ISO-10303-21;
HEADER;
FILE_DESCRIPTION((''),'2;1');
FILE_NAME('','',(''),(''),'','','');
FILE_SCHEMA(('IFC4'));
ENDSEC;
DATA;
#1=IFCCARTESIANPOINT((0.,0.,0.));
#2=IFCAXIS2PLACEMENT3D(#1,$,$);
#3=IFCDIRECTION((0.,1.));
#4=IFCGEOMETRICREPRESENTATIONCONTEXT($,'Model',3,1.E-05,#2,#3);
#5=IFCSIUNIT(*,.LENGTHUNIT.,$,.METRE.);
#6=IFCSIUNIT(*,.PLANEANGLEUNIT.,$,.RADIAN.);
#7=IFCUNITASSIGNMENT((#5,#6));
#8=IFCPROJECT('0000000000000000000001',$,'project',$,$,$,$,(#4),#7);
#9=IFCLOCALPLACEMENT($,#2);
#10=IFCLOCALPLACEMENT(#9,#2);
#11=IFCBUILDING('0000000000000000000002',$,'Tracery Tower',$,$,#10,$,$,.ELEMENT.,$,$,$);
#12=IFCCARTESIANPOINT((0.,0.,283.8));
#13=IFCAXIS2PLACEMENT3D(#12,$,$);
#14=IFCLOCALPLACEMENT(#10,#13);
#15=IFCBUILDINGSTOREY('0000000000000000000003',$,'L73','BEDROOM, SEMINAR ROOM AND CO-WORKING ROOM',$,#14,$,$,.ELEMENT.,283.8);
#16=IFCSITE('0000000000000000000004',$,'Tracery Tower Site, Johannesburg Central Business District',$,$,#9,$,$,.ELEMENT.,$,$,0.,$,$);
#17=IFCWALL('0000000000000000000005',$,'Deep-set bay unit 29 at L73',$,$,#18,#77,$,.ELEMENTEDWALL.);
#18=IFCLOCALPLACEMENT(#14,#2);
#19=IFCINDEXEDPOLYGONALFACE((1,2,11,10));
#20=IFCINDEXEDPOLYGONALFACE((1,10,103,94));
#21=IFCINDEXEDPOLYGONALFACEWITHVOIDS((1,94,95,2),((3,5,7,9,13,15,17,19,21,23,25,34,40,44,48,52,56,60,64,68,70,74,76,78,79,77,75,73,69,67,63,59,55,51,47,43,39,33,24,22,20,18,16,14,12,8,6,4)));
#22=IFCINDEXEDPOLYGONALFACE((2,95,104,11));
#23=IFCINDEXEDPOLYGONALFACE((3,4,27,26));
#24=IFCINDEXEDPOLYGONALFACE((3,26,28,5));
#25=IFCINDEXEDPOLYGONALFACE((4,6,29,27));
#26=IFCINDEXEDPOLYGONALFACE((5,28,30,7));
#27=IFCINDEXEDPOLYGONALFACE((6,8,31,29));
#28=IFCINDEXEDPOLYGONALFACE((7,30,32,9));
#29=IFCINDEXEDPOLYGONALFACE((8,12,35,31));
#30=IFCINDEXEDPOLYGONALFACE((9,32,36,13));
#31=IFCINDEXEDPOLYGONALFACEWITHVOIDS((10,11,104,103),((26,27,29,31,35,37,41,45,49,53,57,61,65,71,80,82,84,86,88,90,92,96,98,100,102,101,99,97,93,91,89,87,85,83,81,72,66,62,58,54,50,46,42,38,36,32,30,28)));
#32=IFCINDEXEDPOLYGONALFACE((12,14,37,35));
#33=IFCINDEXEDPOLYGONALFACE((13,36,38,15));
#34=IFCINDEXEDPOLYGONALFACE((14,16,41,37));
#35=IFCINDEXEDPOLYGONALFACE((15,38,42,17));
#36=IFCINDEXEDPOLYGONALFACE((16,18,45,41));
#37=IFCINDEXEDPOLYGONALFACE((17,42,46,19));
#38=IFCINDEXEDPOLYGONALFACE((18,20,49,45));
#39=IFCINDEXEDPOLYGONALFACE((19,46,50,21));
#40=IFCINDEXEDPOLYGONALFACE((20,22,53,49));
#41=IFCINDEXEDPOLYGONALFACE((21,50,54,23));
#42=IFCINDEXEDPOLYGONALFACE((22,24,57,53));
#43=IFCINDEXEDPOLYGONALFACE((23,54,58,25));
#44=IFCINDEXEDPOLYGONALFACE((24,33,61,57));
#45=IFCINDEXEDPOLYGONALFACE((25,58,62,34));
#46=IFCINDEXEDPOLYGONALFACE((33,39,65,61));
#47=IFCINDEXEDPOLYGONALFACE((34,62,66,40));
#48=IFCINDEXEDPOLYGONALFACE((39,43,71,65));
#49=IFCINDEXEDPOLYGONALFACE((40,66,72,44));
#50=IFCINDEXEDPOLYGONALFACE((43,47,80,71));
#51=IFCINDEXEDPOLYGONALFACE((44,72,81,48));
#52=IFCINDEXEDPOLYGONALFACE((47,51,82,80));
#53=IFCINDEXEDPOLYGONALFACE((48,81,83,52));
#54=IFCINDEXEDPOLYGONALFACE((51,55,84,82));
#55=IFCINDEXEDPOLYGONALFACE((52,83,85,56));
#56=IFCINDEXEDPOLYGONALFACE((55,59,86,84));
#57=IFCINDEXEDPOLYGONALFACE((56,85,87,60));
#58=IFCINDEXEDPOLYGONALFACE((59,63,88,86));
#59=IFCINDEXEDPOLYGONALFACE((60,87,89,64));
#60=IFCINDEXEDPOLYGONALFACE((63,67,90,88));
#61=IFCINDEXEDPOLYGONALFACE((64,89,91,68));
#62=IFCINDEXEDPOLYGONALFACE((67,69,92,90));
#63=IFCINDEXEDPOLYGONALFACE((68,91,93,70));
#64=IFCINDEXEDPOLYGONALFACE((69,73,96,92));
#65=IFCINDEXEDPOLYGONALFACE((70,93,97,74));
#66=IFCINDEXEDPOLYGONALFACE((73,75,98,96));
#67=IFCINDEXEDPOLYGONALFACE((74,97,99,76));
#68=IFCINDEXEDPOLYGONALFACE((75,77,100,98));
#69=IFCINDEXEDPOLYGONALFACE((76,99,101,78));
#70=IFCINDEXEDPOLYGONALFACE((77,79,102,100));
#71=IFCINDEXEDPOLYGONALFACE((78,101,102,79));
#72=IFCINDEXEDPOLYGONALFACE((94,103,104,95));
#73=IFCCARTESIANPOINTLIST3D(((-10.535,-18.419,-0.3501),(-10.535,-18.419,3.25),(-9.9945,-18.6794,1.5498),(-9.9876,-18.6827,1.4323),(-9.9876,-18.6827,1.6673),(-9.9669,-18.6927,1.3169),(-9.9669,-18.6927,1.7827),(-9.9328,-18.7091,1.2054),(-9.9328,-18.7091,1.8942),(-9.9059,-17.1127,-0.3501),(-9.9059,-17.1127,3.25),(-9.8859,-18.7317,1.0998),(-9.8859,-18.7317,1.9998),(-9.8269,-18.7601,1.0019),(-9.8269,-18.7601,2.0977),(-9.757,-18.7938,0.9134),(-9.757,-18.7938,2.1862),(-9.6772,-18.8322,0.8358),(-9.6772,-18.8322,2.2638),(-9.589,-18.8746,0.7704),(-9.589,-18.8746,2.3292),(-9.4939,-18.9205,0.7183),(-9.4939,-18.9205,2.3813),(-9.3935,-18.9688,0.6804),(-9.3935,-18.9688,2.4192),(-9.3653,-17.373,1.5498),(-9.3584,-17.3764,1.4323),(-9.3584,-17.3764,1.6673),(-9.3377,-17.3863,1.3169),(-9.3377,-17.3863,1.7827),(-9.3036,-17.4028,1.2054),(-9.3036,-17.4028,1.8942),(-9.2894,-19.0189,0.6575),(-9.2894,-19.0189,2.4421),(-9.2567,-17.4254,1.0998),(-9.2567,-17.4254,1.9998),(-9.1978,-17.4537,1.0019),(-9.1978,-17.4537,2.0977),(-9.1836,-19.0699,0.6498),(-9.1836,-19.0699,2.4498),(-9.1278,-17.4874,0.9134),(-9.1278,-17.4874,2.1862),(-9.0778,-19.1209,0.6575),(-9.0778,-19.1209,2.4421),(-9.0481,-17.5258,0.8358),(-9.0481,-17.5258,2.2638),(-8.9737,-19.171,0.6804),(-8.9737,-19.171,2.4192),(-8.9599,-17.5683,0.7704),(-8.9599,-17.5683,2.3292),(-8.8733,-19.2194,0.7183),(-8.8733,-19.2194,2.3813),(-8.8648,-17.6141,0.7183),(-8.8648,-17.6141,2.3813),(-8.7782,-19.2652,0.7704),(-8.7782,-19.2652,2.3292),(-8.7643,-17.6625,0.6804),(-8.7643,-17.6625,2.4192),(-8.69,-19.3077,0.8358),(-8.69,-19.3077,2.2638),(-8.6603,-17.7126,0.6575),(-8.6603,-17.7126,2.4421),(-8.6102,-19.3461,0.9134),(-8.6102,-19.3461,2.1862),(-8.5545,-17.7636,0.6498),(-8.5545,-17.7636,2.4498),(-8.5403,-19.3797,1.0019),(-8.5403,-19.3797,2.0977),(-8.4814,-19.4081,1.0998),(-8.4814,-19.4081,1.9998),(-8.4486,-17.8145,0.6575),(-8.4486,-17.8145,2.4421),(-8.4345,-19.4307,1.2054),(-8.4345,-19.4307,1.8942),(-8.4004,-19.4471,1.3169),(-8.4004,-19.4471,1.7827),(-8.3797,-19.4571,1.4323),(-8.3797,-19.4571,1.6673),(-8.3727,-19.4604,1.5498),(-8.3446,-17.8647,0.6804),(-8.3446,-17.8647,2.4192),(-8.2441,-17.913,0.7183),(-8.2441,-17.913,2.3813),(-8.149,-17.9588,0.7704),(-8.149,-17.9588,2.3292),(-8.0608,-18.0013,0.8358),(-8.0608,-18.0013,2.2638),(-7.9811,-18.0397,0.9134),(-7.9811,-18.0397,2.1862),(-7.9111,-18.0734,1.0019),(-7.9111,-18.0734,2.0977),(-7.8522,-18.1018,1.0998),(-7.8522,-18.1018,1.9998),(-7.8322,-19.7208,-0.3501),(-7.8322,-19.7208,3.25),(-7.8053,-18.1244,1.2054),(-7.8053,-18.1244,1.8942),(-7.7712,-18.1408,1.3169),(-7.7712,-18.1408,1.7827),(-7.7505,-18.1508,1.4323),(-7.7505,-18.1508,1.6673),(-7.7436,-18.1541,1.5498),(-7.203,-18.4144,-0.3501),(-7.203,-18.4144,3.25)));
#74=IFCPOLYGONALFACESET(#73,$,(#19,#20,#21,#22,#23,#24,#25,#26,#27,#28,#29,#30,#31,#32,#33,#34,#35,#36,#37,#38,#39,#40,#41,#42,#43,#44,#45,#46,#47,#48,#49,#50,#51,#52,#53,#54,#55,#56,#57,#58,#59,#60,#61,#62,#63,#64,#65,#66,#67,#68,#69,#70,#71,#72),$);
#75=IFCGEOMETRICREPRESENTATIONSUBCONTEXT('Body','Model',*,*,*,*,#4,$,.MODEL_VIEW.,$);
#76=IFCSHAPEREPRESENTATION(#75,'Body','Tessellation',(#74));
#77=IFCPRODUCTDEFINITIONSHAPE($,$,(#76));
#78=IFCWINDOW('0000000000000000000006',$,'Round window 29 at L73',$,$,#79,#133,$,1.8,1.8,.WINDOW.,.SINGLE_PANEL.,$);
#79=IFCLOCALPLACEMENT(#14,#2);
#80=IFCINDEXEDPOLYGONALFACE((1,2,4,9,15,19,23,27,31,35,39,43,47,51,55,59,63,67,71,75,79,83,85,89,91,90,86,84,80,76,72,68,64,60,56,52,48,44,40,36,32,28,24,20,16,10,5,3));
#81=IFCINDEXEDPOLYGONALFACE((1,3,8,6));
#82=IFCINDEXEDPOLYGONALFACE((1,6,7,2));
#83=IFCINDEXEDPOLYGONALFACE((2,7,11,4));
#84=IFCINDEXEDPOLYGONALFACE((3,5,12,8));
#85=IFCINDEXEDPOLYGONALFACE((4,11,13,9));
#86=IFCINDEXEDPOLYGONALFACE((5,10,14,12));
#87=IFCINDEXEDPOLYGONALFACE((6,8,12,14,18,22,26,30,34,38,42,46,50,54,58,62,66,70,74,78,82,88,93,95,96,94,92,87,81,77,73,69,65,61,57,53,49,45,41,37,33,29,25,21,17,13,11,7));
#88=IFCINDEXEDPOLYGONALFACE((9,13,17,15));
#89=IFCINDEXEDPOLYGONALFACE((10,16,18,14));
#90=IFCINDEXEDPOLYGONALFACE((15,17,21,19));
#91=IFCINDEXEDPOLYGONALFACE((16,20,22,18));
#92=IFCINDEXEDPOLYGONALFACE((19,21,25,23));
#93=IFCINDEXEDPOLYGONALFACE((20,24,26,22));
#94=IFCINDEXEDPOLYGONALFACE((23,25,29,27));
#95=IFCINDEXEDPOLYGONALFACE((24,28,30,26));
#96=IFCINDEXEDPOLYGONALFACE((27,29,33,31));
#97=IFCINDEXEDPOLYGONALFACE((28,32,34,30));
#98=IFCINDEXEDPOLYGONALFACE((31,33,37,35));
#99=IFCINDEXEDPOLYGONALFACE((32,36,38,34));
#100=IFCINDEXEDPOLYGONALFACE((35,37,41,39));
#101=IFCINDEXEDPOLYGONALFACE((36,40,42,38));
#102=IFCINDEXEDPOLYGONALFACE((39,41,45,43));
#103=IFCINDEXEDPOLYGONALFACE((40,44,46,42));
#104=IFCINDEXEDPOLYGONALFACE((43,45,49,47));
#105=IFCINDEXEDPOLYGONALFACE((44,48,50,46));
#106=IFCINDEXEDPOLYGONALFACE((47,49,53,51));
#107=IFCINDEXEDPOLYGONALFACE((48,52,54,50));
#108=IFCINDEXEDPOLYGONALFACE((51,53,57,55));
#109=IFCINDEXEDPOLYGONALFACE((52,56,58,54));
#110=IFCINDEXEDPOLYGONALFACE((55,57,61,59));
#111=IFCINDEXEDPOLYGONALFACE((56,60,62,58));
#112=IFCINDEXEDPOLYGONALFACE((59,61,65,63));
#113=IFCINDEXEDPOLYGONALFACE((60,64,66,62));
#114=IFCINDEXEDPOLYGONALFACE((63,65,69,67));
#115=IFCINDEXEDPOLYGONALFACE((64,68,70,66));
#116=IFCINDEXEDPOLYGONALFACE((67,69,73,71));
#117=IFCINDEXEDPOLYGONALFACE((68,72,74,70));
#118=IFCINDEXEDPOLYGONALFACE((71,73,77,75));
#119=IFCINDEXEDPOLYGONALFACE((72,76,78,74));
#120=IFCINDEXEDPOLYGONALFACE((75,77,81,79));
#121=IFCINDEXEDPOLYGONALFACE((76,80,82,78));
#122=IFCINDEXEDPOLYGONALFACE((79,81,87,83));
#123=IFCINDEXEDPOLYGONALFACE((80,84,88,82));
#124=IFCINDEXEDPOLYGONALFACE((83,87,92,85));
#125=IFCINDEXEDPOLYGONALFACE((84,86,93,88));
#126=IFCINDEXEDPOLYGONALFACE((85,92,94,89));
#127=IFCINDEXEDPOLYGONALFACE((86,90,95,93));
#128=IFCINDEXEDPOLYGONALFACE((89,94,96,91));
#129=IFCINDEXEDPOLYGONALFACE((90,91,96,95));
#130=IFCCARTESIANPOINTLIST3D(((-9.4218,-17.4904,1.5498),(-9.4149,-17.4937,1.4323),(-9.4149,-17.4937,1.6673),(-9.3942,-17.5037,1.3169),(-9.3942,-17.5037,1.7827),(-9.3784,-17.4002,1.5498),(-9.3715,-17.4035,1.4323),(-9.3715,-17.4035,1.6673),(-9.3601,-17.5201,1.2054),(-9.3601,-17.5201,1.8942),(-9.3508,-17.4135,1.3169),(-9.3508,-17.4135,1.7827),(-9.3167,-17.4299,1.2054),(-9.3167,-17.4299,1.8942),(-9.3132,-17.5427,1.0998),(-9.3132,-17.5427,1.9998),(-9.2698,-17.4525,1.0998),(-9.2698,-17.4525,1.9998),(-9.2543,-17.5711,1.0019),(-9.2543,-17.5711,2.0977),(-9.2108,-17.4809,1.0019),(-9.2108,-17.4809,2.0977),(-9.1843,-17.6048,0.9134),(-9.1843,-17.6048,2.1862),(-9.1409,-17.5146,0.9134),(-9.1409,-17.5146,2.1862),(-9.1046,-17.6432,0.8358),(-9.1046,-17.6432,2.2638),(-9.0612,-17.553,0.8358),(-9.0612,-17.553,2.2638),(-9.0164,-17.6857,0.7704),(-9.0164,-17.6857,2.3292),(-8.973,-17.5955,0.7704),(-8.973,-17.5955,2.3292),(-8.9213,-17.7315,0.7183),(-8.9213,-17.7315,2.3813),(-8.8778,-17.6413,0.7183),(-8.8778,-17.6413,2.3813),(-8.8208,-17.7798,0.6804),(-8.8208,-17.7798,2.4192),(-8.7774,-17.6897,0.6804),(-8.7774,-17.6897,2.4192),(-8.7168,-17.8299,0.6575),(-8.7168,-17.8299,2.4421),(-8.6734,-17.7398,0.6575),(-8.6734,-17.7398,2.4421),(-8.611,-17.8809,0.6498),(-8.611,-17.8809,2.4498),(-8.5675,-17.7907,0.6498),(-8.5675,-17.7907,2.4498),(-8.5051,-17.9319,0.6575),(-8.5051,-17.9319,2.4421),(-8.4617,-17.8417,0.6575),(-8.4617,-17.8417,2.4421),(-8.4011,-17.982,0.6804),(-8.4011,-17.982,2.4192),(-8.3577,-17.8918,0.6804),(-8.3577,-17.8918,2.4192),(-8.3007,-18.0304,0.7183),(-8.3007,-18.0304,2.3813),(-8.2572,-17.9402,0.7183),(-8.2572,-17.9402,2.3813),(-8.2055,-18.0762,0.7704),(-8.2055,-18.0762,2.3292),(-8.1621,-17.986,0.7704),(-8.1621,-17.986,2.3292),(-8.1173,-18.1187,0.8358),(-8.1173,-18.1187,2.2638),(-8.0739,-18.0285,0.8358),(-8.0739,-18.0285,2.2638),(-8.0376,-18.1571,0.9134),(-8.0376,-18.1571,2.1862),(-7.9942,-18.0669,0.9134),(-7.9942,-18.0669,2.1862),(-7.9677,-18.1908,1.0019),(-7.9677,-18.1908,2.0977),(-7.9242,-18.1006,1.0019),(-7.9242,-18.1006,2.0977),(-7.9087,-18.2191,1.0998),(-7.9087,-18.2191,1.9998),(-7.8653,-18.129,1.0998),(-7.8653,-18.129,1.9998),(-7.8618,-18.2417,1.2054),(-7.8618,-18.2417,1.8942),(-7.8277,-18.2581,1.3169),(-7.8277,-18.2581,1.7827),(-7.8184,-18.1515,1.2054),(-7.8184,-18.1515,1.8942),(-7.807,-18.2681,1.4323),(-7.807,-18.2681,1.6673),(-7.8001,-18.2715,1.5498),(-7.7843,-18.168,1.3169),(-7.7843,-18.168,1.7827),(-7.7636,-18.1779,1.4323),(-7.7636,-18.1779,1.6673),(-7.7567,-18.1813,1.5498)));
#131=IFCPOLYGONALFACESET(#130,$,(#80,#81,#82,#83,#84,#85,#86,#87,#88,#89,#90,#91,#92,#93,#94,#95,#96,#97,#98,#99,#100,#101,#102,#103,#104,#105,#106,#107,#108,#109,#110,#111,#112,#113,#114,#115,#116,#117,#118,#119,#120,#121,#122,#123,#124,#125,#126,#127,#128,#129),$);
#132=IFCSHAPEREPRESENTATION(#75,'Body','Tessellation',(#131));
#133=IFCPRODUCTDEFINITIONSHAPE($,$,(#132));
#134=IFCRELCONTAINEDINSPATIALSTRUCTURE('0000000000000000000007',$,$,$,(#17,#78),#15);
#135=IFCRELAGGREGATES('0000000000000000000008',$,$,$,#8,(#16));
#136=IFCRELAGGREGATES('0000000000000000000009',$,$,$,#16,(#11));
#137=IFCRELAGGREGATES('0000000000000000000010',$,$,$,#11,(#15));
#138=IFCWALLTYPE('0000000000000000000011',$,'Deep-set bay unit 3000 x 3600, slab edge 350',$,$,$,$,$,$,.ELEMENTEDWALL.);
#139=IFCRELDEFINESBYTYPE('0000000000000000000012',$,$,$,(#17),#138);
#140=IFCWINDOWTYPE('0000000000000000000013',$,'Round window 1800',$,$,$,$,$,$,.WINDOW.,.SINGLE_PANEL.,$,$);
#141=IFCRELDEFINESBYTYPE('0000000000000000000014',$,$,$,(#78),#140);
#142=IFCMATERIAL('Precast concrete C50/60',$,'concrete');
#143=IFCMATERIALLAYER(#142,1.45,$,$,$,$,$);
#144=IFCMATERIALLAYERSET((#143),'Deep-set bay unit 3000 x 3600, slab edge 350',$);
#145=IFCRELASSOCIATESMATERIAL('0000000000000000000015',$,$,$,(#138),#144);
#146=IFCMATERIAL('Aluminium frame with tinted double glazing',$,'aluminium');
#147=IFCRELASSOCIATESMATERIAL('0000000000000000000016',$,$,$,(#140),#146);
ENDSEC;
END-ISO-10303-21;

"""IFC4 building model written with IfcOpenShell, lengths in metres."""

from ifc_helpers import new_model, si_unit, direction, frame, frame_2d, origin, origin_2d, place, context, subcontext, project, spatial, rectangle, circle, extrude, material, layer, layer_set, type_object, element, fill, save


model = new_model("IFC4")

# Units and contexts
model_context = context("Model", 3, precision=1e-05, world=origin(), true_north=direction((0.0, 1.0)))
body_context = subcontext(model_context, "Body", "Model", "MODEL_VIEW")
ifc_project = project(units=[si_unit("LENGTHUNIT", "METRE"), si_unit("PLANEANGLEUNIT", "RADIAN")], contexts=[model_context])

# Site, building, storey
site_placement = place(None, origin())
site = spatial("IfcSite", under=ifc_project, at=site_placement, Name="Tracery Tower Site, Johannesburg Central Business District", CompositionType="ELEMENT", RefElevation=0.0)
building_placement = place(site_placement, origin())
building = spatial("IfcBuilding", under=site, at=building_placement, Name="Tracery Tower", CompositionType="ELEMENT")
storey_placement = place(building_placement, frame((0.0, 0.0, 283.8)))
storey = spatial("IfcBuildingStorey", under=building, at=storey_placement, Name="L73", Description="BEDROOM, SEMINAR ROOM AND CO-WORKING ROOM", CompositionType="ELEMENT", Elevation=283.8)

# Wall, opening, window
ifc_material_1 = material(Name="Precast concrete C50/60", Category="concrete")
ifc_layer_1 = layer(ifc_material_1, 1.45)
ifc_layer_set_1 = layer_set([ifc_layer_1], Name="Deep-set bay unit 3000 x 3600, slab edge 350")
wall_type_1 = type_object("IfcWallType", Name="Deep-set bay unit 3000 x 3600, slab edge 350", PredefinedType="ELEMENTEDWALL", material=ifc_layer_set_1)
ifc_material_2 = material(Name="Aluminium frame with tinted double glazing", Category="aluminium")
window_type = type_object("IfcWindowType", Name="Round window 1800", PartitioningType="SINGLE_PANEL", PredefinedType="WINDOW", material=ifc_material_2)
wall_1_placement = place(storey_placement, frame((-10.2205, -17.7659, -0.3501), z_axis=(0.0, 0.0, 1.0), x_axis=(0.900953, -0.433916, 0.0)))
wall_1 = element("IfcWall", 1, at=wall_1_placement, inside=storey, type_object=wall_type_1, Name="Deep-set bay unit 29 at L73", PredefinedType="ELEMENTEDWALL", context=body_context, shape_type="SweptSolid", body=[
    extrude(rectangle(XDim=3.0, YDim=1.45, at=frame_2d((1.5, 0.0))), origin(), (0.0, 0.0, 1.0), 3.6001),
])
opening_1_placement = place(wall_1_placement, frame((1.5, 0.0, 1.8999)))
opening_1 = element("IfcOpeningElement", 2, at=opening_1_placement, cuts=wall_1, PredefinedType="OPENING", context=body_context, shape_type="SweptSolid", body=[
    extrude(circle(Radius=0.9, at=origin_2d()), frame((0.0, 0.7349, 0.0), z_axis=(0.0, -1.0, 0.0), x_axis=(1.0, 0.0, 0.0)), (0.0, 0.0, 1.0), 1.47),
])
window_1_placement = place(opening_1_placement, origin())
window_1 = element("IfcWindow", 3, at=window_1_placement, inside=storey, type_object=window_type, Name="Round window 29 at L73", OverallHeight=1.8, OverallWidth=1.8, PartitioningType="SINGLE_PANEL", PredefinedType="WINDOW", context=body_context, shape_type="SweptSolid", body=[
    extrude(circle(Radius=0.9, at=origin_2d()), frame((0.0, 0.6948, 0.0), z_axis=(0.0, -1.0, 0.0), x_axis=(1.0, 0.0, 0.0)), (0.0, 0.0, 1.0), 0.1001),
])
fill(opening_1, window_1)

save(model, "model.ifc")
